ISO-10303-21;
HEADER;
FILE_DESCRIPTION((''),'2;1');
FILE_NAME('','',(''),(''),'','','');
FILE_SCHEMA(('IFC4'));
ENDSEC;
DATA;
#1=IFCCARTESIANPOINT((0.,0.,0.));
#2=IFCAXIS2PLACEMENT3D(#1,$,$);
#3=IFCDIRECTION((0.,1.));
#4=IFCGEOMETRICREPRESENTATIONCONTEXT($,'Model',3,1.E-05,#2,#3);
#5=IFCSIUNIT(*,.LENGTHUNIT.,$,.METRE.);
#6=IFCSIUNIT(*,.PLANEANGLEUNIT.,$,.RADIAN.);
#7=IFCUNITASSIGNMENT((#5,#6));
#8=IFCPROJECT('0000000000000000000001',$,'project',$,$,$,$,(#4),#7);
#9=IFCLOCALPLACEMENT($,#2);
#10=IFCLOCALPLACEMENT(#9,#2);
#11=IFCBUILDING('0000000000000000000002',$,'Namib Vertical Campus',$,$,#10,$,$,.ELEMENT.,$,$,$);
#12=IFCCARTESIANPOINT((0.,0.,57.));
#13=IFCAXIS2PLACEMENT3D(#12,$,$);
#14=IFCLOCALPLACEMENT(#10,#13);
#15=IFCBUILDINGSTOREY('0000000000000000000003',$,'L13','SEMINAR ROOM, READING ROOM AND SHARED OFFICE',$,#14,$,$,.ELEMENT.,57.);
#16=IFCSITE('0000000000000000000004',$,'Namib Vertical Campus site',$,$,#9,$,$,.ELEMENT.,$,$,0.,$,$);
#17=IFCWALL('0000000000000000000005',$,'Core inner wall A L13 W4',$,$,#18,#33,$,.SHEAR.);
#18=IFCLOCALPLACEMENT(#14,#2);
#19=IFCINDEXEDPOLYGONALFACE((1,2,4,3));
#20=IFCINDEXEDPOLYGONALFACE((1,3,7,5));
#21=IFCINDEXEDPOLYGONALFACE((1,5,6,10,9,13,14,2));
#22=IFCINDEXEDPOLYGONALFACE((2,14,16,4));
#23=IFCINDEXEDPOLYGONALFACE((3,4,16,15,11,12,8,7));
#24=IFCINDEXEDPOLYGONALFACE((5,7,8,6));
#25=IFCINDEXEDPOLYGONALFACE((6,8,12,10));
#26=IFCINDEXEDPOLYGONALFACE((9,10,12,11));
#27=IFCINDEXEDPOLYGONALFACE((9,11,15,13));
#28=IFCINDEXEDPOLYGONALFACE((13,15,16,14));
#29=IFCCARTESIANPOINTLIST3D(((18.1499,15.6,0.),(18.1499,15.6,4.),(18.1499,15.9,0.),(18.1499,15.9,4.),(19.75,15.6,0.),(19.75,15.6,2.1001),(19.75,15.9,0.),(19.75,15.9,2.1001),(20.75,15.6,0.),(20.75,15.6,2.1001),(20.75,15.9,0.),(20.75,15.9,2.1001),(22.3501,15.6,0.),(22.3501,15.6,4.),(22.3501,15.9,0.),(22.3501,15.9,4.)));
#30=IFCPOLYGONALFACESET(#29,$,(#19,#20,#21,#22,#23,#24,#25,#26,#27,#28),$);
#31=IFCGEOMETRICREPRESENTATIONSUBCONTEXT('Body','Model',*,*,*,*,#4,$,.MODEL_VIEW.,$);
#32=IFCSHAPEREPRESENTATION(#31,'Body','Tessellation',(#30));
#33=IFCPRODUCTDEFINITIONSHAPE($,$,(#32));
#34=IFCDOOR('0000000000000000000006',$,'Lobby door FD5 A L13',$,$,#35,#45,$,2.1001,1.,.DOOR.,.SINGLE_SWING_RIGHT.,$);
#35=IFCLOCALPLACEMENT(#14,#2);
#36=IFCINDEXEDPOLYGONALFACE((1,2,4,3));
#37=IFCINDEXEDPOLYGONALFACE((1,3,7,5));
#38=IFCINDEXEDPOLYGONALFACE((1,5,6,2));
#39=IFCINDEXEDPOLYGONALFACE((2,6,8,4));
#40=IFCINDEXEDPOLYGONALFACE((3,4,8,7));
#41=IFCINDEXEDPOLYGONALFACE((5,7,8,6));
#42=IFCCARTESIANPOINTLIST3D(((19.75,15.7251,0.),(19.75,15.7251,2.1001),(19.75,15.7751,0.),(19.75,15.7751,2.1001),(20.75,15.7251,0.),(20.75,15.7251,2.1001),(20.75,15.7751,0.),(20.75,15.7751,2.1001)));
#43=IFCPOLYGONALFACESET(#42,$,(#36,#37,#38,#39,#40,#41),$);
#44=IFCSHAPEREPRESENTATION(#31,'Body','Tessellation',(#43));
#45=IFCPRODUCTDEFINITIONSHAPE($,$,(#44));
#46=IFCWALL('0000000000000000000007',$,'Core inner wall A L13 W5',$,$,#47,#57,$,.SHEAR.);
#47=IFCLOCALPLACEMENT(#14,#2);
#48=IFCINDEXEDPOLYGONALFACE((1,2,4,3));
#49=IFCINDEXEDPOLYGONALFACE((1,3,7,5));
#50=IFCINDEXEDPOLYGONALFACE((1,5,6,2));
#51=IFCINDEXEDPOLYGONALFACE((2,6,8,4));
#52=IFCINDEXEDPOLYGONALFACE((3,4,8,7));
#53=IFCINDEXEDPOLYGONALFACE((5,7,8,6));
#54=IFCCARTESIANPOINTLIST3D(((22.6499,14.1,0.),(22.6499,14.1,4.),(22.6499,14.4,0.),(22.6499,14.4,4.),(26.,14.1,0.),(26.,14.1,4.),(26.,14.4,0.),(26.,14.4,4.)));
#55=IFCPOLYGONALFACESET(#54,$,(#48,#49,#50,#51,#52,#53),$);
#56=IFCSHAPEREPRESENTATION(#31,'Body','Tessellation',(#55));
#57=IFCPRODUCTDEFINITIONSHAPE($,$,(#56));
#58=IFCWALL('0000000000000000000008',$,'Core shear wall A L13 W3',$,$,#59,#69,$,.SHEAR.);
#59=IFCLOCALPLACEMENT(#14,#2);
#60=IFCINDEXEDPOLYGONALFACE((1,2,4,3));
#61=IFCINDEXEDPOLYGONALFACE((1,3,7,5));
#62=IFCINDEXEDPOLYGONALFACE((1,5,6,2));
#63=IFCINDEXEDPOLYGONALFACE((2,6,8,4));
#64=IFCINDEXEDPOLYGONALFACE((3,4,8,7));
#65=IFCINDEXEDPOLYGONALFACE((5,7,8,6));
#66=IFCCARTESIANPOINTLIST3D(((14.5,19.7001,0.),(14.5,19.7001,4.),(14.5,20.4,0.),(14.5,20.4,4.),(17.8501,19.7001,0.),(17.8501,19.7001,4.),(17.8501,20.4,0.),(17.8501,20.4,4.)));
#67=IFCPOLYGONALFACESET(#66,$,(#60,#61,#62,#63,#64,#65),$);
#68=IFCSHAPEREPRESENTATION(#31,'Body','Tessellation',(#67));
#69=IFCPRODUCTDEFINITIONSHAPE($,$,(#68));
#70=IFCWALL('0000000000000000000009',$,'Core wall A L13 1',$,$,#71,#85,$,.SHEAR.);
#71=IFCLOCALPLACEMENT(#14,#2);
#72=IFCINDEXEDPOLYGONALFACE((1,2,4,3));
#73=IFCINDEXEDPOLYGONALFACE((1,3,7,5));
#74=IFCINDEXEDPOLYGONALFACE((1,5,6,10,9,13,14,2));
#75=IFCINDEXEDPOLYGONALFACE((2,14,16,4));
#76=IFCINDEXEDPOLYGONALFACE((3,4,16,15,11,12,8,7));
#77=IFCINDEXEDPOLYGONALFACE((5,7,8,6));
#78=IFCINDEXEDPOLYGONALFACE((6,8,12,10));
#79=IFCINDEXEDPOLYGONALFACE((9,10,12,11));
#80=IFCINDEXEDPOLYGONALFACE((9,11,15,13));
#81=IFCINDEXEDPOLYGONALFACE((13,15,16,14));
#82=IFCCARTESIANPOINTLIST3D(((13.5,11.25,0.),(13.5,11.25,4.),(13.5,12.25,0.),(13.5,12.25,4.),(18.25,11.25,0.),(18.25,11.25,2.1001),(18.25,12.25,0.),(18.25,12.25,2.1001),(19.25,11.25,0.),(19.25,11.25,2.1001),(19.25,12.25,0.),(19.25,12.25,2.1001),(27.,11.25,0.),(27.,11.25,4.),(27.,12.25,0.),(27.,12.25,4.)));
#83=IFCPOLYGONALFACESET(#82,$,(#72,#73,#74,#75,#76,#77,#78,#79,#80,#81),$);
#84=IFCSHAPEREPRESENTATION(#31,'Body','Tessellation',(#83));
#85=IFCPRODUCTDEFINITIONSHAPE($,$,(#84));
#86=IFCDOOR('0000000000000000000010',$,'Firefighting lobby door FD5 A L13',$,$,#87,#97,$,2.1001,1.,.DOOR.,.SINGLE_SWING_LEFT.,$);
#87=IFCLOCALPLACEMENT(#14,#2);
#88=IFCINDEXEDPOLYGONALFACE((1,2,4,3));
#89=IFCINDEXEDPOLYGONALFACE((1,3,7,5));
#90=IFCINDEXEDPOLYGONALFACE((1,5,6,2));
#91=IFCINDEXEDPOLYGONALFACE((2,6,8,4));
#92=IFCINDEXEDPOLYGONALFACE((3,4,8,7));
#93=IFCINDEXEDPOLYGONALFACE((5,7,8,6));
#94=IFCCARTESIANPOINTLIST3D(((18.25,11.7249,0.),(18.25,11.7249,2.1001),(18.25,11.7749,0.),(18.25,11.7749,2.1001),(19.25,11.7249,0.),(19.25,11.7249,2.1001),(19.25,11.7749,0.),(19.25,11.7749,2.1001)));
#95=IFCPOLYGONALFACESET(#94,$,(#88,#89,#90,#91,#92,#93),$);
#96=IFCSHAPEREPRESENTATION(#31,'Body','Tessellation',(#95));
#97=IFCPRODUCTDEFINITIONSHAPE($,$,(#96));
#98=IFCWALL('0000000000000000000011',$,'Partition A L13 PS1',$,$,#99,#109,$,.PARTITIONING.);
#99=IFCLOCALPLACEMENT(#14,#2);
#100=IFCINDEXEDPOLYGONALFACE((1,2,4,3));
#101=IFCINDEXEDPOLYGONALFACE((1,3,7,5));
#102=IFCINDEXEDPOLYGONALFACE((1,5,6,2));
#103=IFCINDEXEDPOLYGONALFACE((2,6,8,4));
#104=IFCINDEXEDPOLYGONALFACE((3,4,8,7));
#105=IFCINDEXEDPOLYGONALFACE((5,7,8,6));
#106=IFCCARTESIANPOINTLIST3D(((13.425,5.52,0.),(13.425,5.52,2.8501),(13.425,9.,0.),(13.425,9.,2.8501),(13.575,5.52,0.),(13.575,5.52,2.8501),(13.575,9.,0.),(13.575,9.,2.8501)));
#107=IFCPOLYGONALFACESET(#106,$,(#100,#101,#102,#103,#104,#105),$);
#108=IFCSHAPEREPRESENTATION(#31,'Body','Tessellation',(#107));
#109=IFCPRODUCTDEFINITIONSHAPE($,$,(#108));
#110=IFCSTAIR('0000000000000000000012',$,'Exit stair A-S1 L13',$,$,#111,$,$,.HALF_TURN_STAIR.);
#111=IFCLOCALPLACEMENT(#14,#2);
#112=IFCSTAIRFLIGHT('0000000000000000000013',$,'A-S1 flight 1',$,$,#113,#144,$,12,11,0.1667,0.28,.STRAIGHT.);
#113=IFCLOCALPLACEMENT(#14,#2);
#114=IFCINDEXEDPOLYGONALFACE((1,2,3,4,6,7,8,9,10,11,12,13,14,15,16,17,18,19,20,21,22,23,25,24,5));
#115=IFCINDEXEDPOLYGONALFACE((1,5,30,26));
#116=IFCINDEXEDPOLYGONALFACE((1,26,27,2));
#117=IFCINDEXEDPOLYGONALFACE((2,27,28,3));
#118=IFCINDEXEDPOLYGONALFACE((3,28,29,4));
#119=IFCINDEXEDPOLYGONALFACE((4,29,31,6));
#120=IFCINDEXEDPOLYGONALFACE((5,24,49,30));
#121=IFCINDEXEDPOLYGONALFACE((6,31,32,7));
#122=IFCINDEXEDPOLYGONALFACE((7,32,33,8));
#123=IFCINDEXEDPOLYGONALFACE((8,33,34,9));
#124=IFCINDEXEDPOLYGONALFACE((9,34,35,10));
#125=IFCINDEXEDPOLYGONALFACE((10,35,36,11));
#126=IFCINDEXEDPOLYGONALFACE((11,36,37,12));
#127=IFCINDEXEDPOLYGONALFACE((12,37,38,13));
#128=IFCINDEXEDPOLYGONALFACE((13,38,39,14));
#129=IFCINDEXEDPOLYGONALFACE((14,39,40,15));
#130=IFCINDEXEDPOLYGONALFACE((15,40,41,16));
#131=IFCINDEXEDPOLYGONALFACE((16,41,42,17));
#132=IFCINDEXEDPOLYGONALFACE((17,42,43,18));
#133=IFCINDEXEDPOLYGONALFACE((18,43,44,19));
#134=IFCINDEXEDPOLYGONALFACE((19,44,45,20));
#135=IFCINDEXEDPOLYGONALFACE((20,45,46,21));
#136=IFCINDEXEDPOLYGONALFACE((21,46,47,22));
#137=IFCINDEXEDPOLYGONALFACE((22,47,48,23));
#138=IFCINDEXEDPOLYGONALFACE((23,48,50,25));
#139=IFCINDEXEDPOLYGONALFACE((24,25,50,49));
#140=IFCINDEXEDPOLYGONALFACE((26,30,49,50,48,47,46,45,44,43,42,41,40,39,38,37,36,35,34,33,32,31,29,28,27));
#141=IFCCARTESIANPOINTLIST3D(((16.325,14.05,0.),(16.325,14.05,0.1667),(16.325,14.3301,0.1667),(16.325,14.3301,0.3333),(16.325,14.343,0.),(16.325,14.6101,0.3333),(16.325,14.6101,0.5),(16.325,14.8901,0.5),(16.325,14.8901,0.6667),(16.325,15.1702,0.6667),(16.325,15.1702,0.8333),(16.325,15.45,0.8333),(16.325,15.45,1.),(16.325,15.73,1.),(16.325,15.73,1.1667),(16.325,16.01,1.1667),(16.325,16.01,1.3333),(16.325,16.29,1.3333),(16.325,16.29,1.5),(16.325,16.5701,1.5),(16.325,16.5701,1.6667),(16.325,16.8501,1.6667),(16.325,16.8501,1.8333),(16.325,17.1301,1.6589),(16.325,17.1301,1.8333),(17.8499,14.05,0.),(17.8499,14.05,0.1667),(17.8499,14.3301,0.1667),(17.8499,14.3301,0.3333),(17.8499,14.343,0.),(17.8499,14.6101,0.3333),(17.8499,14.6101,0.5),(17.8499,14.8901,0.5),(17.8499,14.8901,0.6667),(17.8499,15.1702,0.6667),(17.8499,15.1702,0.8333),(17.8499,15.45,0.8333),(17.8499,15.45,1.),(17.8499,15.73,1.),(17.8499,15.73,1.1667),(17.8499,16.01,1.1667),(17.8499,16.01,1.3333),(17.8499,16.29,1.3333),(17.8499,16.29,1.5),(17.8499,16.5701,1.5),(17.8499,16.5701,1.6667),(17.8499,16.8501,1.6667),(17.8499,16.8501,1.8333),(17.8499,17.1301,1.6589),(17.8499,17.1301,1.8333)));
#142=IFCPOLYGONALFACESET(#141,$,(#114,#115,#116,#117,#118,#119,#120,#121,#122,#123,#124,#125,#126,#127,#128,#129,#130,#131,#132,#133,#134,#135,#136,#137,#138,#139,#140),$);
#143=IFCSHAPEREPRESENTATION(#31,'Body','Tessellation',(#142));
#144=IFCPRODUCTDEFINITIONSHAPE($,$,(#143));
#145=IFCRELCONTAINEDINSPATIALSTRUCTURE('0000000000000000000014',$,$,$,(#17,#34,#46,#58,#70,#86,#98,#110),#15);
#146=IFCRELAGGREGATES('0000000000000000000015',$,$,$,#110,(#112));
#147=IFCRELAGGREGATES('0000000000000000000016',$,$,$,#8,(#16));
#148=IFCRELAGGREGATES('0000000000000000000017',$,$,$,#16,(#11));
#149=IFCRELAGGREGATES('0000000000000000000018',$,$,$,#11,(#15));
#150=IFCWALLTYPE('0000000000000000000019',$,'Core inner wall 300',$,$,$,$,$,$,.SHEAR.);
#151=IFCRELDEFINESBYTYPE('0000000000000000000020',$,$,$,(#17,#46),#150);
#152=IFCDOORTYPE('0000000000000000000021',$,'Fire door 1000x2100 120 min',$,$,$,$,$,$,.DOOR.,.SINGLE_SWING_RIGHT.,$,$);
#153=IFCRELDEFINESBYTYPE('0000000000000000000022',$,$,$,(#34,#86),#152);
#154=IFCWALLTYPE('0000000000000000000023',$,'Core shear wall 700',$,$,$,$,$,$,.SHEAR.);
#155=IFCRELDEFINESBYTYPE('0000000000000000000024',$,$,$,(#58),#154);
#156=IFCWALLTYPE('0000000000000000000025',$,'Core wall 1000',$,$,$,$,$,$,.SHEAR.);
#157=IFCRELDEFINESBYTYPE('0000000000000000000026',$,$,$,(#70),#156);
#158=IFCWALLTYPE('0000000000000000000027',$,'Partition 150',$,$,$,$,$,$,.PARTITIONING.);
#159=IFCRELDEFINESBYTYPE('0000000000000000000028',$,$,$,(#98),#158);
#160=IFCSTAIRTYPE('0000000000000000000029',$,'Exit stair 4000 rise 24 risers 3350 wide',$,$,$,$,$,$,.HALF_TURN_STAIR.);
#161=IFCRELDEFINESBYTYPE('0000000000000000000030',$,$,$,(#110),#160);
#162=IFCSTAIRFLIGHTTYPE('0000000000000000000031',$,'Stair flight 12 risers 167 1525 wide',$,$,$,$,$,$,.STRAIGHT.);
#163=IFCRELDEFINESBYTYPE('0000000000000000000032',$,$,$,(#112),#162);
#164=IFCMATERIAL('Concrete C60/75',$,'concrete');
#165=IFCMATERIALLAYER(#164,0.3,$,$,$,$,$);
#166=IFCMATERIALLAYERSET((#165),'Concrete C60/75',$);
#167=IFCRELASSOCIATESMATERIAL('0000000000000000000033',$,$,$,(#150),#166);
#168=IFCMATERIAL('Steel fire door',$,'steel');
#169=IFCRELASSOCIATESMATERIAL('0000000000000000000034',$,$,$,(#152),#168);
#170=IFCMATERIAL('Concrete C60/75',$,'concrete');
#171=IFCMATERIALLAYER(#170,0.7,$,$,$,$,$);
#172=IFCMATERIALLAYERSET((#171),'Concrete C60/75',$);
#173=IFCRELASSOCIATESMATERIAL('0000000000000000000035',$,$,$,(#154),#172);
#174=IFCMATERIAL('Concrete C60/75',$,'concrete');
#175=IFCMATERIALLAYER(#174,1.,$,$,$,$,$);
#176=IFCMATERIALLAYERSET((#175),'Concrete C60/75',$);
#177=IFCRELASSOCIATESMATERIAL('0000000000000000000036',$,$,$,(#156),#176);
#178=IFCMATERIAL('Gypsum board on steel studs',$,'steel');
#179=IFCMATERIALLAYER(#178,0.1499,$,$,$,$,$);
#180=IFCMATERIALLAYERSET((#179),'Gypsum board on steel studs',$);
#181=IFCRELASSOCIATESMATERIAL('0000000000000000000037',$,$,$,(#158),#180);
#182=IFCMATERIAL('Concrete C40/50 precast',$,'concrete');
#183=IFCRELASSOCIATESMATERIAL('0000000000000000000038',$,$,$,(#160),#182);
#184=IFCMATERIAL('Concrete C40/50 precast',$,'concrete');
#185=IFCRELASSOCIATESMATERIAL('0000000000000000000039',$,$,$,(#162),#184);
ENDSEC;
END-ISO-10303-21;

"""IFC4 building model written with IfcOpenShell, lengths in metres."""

from ifc_helpers import new_model, si_unit, direction, frame, frame_2d, origin, place, context, subcontext, project, spatial, polyline, rectangle, outline, extrude, material, layer, layer_set, type_object, element, fill, aggregate, save


model = new_model("IFC4")

# Units and contexts
model_context = context("Model", 3, precision=1e-05, world=origin(), true_north=direction((0.0, 1.0)))
body_context = subcontext(model_context, "Body", "Model", "MODEL_VIEW")
ifc_project = project(units=[si_unit("LENGTHUNIT", "METRE"), si_unit("PLANEANGLEUNIT", "RADIAN")], contexts=[model_context])

# Site, building, storey
site_placement = place(None, origin())
site = spatial("IfcSite", under=ifc_project, at=site_placement, Name="Namib Vertical Campus site", CompositionType="ELEMENT", RefElevation=0.0)
building_placement = place(site_placement, origin())
building = spatial("IfcBuilding", under=site, at=building_placement, Name="Namib Vertical Campus", CompositionType="ELEMENT")
storey_placement = place(building_placement, frame((0.0, 0.0, 57.0)))
storey = spatial("IfcBuildingStorey", under=building, at=storey_placement, Name="L13", Description="SEMINAR ROOM, READING ROOM AND SHARED OFFICE", CompositionType="ELEMENT", Elevation=57.0)

# Shared definitions
ifc_material_1 = material(Name="Concrete C60/75", Category="concrete")
ifc_layer_1 = layer(ifc_material_1, 0.3)
ifc_layer_set_1 = layer_set([ifc_layer_1], Name="Concrete C60/75")
wall_type_1 = type_object("IfcWallType", Name="Core inner wall 300", PredefinedType="SHEAR", material=ifc_layer_set_1)

# Wall, opening, door
wall_1_placement = place(storey_placement, frame((18.1499, 15.75, 0.0), z_axis=(0.0, 0.0, 1.0), x_axis=(1.0, 0.0, 0.0)))
wall_1 = element("IfcWall", 1, at=wall_1_placement, inside=storey, type_object=wall_type_1, Name="Core inner wall A L13 W4", PredefinedType="SHEAR", context=body_context, shape_type="SweptSolid", body=[
    extrude(rectangle(XDim=4.2002, YDim=0.3, at=frame_2d((2.1001, 0.0))), origin(), (0.0, 0.0, 1.0), 4.0),
])
opening_1_placement = place(wall_1_placement, frame((1.6001, 0.0, 0.0)))
opening_1 = element("IfcOpeningElement", 2, at=opening_1_placement, cuts=wall_1, PredefinedType="OPENING", context=body_context, shape_type="SweptSolid", body=[
    extrude(rectangle(XDim=1.0, YDim=2.1001, at=frame_2d((0.5, 1.05))), frame((0.0, 0.1599, 0.0), z_axis=(0.0, -1.0, 0.0), x_axis=(1.0, 0.0, 0.0)), (0.0, 0.0, 1.0), 0.3201),
])
ifc_material_2 = material(Name="Steel fire door", Category="steel")
door_type_1 = type_object("IfcDoorType", Name="Fire door 1000x2100 120 min", OperationType="SINGLE_SWING_RIGHT", PredefinedType="DOOR", material=ifc_material_2)
door_1_placement = place(opening_1_placement, frame((1.0, 0.0, 0.0), z_axis=(0.0, 0.0, 1.0), x_axis=(-1.0, 0.0, 0.0)))
door_1 = element("IfcDoor", 3, at=door_1_placement, inside=storey, type_object=door_type_1, Name="Lobby door FD5 A L13", OperationType="SINGLE_SWING_RIGHT", OverallHeight=2.1001, OverallWidth=1.0, PredefinedType="DOOR", context=body_context, shape_type="SweptSolid", body=[
    extrude(rectangle(XDim=1.0, YDim=2.1001, at=frame_2d((0.5, 1.05))), frame((0.0, 0.0249, 0.0), z_axis=(0.0, -1.0, 0.0), x_axis=(1.0, 0.0, 0.0)), (0.0, 0.0, 1.0), 0.05),
])
fill(opening_1, door_1)

# Walls
wall_2_placement = place(storey_placement, frame((22.6499, 14.25, 0.0), z_axis=(0.0, 0.0, 1.0), x_axis=(1.0, 0.0, 0.0)))
element("IfcWall", 4, at=wall_2_placement, inside=storey, type_object=wall_type_1, Name="Core inner wall A L13 W5", PredefinedType="SHEAR", context=body_context, shape_type="SweptSolid", body=[
    extrude(rectangle(XDim=3.3501, YDim=0.3, at=frame_2d((1.675, 0.0))), origin(), (0.0, 0.0, 1.0), 4.0),
])
ifc_material_3 = material(Name="Concrete C60/75", Category="concrete")
ifc_layer_2 = layer(ifc_material_3, 0.7)
ifc_layer_set_2 = layer_set([ifc_layer_2], Name="Concrete C60/75")
wall_type_2 = type_object("IfcWallType", Name="Core shear wall 700", PredefinedType="SHEAR", material=ifc_layer_set_2)
wall_3_placement = place(storey_placement, frame((14.5, 20.05, 0.0), z_axis=(0.0, 0.0, 1.0), x_axis=(1.0, 0.0, 0.0)))
element("IfcWall", 5, at=wall_3_placement, inside=storey, type_object=wall_type_2, Name="Core shear wall A L13 W3", PredefinedType="SHEAR", context=body_context, shape_type="SweptSolid", body=[
    extrude(rectangle(XDim=3.3501, YDim=0.7, at=frame_2d((1.675, 0.0))), origin(), (0.0, 0.0, 1.0), 4.0),
])

# Wall, opening, door
ifc_material_4 = material(Name="Concrete C60/75", Category="concrete")
ifc_layer_3 = layer(ifc_material_4, 1.0)
ifc_layer_set_3 = layer_set([ifc_layer_3], Name="Concrete C60/75")
wall_type_3 = type_object("IfcWallType", Name="Core wall 1000", PredefinedType="SHEAR", material=ifc_layer_set_3)
wall_4_placement = place(storey_placement, frame((13.5, 11.75, 0.0), z_axis=(0.0, 0.0, 1.0), x_axis=(1.0, 0.0, 0.0)))
wall_4 = element("IfcWall", 6, at=wall_4_placement, inside=storey, type_object=wall_type_3, Name="Core wall A L13 1", PredefinedType="SHEAR", context=body_context, shape_type="SweptSolid", body=[
    extrude(rectangle(XDim=13.5, YDim=1.0, at=frame_2d((6.75, 0.0))), origin(), (0.0, 0.0, 1.0), 4.0),
])
opening_2_placement = place(wall_4_placement, frame((4.75, 0.0, 0.0)))
opening_2 = element("IfcOpeningElement", 7, at=opening_2_placement, cuts=wall_4, PredefinedType="OPENING", context=body_context, shape_type="SweptSolid", body=[
    extrude(rectangle(XDim=1.0, YDim=2.1001, at=frame_2d((0.5, 1.05))), frame((0.0, 0.51, 0.0), z_axis=(0.0, -1.0, 0.0), x_axis=(1.0, 0.0, 0.0)), (0.0, 0.0, 1.0), 1.02),
])
door_2_placement = place(opening_2_placement, origin())
door_2 = element("IfcDoor", 8, at=door_2_placement, inside=storey, type_object=door_type_1, Name="Firefighting lobby door FD5 A L13", OperationType="SINGLE_SWING_LEFT", OverallHeight=2.1001, OverallWidth=1.0, PredefinedType="DOOR", context=body_context, shape_type="SweptSolid", body=[
    extrude(rectangle(XDim=1.0, YDim=2.1001, at=frame_2d((0.5, 1.05))), frame((0.0, 0.0249, 0.0), z_axis=(0.0, -1.0, 0.0), x_axis=(1.0, 0.0, 0.0)), (0.0, 0.0, 1.0), 0.05),
])
fill(opening_2, door_2)

# Wall
ifc_material_5 = material(Name="Gypsum board on steel studs", Category="steel")
ifc_layer_4 = layer(ifc_material_5, 0.1499)
ifc_layer_set_4 = layer_set([ifc_layer_4], Name="Gypsum board on steel studs")
wall_type_4 = type_object("IfcWallType", Name="Partition 150", PredefinedType="PARTITIONING", material=ifc_layer_set_4)
wall_5_placement = place(storey_placement, frame((13.5, 5.52, 0.0), z_axis=(0.0, 0.0, 1.0), x_axis=(0.0, 1.0, 0.0)))
element("IfcWall", 9, at=wall_5_placement, inside=storey, type_object=wall_type_4, Name="Partition A L13 PS1", PredefinedType="PARTITIONING", context=body_context, shape_type="SweptSolid", body=[
    extrude(rectangle(XDim=3.48, YDim=0.1499, at=frame_2d((1.74, 0.0))), origin(), (0.0, 0.0, 1.0), 2.8501),
])

# Stair, stair flight
ifc_material_6 = material(Name="Concrete C40/50 precast", Category="concrete")
stair_type = type_object("IfcStairType", Name="Exit stair 4000 rise 24 risers 3350 wide", PredefinedType="HALF_TURN_STAIR", material=ifc_material_6)
stair_placement = place(storey_placement, origin())
stair = element("IfcStair", 10, at=stair_placement, inside=storey, type_object=stair_type, Name="Exit stair A-S1 L13", PredefinedType="HALF_TURN_STAIR")
ifc_material_7 = material(Name="Concrete C40/50 precast", Category="concrete")
stair_flight_type = type_object("IfcStairFlightType", Name="Stair flight 12 risers 167 1525 wide", PredefinedType="STRAIGHT", material=ifc_material_7)
stair_flight_1_placement = place(storey_placement, frame((17.0874, 14.05, 0.0), z_axis=(0.0, 0.0, 1.0), x_axis=(0.0, 1.0, 0.0)))
stair_flight_1 = element("IfcStairFlight", 11, at=stair_flight_1_placement, type_object=stair_flight_type, Name="A-S1 flight 1", NumberOfRisers=12, NumberOfTreads=11, PredefinedType="STRAIGHT", RiserHeight=0.1667, TreadLength=0.28, context=body_context, shape_type="SweptSolid", body=[
    extrude(outline(polyline([(0.0, 0.0), (0.0, 0.1667), (0.28, 0.1667), (0.28, 0.3333), (0.5601, 0.3333), (0.5601, 0.5), (0.8401, 0.5), (0.8401, 0.6667), (1.1201, 0.6667), (1.1201, 0.8333), (1.3999, 0.8333), (1.3999, 1.0), (1.6799, 1.0), (1.6799, 1.1667), (1.96, 1.1667), (1.96, 1.3333), (2.24, 1.3333), (2.24, 1.5), (2.52, 1.5), (2.52, 1.6667), (2.8, 1.6667), (2.8, 1.8333), (3.0801, 1.8333), (3.0801, 2.0), (3.0801, 1.6589), (0.293, 0.0), (0.0, 0.0)])), frame((0.0, 0.7625, 0.0), z_axis=(0.0, -1.0, 0.0), x_axis=(1.0, 0.0, 0.0)), (0.0, 0.0, 1.0), 1.5249),
])
aggregate(stair, [stair_flight_1])

save(model, "model.ifc")
